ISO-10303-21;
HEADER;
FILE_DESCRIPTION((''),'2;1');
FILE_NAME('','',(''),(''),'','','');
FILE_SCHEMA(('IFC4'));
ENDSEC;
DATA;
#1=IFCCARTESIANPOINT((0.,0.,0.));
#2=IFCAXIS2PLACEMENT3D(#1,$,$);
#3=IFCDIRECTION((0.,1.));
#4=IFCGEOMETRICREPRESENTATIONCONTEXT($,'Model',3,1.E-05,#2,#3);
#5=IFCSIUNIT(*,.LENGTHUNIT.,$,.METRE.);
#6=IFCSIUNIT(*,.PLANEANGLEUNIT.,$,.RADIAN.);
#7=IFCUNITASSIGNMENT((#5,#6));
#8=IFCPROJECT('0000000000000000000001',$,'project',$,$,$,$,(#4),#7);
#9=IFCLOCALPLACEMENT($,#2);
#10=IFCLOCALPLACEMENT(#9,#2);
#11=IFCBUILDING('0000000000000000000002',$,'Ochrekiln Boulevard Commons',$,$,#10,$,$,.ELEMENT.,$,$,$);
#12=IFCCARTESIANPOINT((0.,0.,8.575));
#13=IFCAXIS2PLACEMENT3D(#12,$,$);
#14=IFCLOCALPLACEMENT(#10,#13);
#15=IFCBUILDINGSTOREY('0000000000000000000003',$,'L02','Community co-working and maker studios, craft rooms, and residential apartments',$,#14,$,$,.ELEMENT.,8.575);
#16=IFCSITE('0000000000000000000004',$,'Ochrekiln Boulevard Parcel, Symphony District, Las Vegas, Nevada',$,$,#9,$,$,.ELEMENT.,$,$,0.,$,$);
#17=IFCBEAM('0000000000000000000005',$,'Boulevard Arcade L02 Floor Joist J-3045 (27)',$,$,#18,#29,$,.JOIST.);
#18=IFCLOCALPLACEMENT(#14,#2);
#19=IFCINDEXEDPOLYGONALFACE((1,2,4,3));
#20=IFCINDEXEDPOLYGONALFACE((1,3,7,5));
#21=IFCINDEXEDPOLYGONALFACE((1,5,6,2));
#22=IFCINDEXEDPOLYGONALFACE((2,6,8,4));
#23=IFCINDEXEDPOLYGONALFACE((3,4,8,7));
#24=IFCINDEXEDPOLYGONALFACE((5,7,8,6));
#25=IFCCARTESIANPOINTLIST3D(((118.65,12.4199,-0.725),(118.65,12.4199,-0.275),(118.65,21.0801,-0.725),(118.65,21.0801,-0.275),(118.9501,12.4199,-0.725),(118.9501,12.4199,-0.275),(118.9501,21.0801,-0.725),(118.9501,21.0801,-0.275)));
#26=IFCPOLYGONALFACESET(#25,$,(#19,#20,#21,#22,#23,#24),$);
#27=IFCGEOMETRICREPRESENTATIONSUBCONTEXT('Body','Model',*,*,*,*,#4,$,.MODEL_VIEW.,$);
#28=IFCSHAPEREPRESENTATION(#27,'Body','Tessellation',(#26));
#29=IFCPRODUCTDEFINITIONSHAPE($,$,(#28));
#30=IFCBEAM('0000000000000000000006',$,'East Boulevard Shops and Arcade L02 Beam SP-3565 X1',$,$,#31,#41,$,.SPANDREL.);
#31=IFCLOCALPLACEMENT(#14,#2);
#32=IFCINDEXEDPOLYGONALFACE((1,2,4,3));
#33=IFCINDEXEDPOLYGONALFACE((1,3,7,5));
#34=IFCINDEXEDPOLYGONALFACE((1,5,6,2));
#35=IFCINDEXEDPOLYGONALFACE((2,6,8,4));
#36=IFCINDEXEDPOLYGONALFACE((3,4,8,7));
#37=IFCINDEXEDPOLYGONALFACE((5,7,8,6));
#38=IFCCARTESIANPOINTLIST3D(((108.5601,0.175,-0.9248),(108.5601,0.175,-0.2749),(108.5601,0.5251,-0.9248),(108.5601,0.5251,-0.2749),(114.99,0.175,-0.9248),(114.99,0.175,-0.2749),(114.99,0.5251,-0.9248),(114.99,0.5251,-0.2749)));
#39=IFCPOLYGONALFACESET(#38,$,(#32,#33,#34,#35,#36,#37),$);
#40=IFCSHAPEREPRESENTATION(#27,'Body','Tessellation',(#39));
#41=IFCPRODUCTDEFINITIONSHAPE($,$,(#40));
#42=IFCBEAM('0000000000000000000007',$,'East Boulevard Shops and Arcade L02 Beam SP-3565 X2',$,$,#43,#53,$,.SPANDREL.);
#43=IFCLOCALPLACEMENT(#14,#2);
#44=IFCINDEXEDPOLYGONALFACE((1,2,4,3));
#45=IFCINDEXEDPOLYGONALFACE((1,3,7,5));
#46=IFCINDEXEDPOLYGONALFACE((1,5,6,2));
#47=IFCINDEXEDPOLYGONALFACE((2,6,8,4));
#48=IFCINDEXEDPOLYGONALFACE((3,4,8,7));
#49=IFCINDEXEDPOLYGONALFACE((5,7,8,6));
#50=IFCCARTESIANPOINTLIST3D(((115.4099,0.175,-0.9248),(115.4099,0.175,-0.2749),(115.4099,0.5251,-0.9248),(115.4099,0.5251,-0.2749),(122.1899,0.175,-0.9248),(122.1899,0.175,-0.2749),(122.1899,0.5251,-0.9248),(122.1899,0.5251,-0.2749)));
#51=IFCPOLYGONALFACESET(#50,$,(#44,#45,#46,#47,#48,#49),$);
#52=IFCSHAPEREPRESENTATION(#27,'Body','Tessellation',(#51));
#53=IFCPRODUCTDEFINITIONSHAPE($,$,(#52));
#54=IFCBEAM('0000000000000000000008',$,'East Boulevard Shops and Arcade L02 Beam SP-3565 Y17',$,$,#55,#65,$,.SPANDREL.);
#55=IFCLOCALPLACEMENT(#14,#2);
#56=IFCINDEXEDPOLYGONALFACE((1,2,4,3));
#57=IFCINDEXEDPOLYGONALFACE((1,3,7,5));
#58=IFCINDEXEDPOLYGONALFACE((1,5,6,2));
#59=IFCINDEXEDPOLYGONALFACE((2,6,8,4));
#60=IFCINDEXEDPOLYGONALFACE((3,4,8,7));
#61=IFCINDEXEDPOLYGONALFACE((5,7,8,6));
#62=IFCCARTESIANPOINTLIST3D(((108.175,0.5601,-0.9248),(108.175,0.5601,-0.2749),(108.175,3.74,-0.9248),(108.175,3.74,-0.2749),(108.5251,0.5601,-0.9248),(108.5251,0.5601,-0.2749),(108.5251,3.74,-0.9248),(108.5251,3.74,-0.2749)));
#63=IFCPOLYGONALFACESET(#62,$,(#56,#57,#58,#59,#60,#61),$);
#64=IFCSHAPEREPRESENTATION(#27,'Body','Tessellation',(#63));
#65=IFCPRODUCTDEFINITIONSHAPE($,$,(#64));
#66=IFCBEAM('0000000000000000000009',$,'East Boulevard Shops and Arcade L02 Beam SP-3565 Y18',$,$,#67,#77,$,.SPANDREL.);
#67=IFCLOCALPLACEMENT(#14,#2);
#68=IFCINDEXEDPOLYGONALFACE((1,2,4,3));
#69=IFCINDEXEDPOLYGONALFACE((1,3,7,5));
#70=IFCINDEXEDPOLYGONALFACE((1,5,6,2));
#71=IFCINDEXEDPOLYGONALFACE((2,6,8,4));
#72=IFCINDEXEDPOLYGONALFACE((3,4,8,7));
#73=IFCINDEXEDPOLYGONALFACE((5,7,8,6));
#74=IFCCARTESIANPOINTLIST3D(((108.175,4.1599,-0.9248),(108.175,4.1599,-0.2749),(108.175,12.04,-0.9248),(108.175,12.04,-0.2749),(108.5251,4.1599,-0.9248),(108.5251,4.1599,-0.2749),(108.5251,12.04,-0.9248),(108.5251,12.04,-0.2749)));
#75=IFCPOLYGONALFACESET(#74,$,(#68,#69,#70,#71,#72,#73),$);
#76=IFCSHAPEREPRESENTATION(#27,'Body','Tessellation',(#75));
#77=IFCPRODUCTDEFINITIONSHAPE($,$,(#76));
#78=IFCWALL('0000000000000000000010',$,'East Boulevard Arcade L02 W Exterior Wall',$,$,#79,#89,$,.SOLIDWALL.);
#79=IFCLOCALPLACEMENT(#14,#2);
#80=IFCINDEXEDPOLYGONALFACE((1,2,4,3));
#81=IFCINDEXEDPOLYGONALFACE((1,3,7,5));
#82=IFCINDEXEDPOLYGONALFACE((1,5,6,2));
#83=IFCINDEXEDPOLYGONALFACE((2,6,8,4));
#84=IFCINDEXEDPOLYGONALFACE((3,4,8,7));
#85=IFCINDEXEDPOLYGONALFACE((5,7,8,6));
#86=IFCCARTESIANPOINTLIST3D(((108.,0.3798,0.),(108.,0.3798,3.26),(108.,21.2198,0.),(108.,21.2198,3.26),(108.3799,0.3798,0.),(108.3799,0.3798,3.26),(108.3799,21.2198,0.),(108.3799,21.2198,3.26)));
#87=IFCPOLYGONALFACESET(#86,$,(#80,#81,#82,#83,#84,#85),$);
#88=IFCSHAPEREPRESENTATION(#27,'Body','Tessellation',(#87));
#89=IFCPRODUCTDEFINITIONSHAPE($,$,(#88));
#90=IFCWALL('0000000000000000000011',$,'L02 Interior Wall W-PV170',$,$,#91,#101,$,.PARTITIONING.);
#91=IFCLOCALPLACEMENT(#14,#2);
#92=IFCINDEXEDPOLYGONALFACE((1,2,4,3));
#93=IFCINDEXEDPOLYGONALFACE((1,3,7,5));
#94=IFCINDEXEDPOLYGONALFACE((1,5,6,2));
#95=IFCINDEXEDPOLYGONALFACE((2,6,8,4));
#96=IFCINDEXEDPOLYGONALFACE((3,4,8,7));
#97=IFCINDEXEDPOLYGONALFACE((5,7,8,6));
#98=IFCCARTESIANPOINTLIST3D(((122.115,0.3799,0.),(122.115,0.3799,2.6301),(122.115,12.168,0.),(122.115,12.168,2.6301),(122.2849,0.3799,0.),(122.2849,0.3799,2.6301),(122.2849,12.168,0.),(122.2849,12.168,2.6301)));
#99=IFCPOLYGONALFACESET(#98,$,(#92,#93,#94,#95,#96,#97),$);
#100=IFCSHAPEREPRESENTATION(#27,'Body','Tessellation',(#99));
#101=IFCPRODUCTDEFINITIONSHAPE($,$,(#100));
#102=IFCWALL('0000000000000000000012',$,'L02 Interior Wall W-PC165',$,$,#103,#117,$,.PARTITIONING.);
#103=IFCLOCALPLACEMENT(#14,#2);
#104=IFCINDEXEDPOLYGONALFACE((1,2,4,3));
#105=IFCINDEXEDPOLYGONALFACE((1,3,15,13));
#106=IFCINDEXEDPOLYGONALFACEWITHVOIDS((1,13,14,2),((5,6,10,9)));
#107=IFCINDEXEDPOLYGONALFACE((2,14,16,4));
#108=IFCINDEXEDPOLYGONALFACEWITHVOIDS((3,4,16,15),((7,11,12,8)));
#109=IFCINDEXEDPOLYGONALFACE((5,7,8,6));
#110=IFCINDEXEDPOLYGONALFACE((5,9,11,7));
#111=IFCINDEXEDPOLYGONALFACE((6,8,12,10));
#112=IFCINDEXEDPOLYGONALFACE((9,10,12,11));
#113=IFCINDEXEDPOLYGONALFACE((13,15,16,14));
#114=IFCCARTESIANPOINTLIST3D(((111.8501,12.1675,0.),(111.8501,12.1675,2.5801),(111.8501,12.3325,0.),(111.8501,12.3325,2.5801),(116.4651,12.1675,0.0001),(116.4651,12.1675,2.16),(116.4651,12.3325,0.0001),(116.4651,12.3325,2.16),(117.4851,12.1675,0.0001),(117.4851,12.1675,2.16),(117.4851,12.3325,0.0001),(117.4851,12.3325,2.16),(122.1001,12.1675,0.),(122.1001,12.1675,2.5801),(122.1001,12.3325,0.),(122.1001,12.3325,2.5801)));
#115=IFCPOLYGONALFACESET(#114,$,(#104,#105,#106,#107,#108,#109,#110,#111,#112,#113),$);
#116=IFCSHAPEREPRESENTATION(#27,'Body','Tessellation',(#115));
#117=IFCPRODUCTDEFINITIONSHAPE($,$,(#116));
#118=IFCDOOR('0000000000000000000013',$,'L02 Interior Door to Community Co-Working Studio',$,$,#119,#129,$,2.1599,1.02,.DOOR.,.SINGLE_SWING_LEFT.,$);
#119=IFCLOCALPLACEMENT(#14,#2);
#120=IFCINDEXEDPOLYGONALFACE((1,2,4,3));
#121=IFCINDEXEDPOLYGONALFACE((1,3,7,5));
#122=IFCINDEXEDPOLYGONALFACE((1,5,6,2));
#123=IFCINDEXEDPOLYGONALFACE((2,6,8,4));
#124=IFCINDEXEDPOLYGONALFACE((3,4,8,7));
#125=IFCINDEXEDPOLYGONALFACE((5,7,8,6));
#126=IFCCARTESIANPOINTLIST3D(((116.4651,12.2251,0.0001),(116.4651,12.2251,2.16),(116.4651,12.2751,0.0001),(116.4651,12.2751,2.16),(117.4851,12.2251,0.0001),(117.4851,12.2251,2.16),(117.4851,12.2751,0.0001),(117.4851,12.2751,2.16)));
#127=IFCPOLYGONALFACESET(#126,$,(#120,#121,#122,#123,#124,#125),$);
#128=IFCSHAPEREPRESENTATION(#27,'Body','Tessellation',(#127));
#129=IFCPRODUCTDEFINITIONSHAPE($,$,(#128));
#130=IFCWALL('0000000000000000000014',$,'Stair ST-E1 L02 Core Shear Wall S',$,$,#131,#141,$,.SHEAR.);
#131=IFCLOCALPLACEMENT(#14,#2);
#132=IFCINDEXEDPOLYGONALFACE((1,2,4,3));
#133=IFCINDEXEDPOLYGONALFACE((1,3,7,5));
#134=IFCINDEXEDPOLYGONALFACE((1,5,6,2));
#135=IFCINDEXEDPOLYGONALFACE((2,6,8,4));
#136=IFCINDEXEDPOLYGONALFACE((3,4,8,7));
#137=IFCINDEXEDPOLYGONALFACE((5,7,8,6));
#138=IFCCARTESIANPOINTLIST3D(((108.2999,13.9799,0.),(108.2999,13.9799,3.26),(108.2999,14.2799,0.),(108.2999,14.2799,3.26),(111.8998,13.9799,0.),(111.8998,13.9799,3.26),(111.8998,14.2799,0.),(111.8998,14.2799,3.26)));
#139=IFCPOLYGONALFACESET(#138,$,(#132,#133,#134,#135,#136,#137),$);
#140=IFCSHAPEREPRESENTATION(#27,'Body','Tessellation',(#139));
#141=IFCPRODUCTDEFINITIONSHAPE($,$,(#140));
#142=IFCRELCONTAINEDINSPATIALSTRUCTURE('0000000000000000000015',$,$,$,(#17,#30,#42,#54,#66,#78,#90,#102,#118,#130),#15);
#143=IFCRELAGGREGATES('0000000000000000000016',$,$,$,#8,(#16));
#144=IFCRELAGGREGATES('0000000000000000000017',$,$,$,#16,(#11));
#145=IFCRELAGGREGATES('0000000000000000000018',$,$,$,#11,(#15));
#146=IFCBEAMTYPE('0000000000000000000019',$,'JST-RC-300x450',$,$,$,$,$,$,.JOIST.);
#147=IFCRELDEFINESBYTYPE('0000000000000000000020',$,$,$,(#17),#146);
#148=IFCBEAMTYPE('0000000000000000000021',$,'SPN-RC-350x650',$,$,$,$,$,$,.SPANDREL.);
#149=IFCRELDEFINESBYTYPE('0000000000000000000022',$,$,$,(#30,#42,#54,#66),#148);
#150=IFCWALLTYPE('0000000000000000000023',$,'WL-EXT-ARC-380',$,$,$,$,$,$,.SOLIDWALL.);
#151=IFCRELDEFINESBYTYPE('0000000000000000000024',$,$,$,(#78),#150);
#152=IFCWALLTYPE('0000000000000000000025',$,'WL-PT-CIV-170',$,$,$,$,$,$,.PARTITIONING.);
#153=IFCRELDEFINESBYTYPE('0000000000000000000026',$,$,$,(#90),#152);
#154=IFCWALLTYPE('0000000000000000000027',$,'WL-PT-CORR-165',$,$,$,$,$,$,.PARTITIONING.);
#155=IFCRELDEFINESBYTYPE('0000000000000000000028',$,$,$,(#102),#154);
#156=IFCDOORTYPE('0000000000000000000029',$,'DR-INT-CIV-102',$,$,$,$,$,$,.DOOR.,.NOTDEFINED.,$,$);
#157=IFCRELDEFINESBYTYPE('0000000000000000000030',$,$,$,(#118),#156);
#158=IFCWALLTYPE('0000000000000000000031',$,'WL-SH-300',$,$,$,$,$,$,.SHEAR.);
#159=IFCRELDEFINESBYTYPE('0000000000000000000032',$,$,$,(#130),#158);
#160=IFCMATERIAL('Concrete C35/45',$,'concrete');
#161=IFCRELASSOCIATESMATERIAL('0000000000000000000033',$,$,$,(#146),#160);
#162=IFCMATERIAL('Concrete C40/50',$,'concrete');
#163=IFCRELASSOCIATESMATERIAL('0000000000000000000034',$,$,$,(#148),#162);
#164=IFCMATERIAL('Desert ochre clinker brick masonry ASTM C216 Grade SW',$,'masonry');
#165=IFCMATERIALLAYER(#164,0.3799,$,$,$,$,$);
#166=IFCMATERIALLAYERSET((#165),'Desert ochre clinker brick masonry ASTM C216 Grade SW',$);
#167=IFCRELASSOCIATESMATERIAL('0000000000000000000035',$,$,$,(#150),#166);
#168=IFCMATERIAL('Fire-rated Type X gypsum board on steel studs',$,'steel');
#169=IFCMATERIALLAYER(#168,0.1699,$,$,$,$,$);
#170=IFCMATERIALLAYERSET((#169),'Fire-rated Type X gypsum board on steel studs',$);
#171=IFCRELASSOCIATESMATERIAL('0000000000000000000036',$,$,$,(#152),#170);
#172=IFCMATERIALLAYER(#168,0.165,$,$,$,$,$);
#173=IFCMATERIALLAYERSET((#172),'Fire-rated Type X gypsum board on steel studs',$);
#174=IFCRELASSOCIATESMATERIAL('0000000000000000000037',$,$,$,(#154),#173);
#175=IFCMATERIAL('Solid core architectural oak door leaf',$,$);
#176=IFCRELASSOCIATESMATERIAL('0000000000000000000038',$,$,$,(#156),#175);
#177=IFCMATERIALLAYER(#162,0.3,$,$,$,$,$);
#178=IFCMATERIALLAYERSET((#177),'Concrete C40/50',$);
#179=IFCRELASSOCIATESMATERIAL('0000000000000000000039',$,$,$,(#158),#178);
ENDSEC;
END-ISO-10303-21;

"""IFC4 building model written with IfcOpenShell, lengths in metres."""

from ifc_helpers import new_model, si_unit, direction, frame, frame_2d, origin, origin_2d, place, context, subcontext, project, spatial, rectangle, extrude, material, layer, layer_set, material_profile, profile_set, type_object, element, fill, save


model = new_model("IFC4")

# Units and contexts
model_context = context("Model", 3, precision=1e-05, world=origin(), true_north=direction((0.0, 1.0)))
body_context = subcontext(model_context, "Body", "Model", "MODEL_VIEW")
ifc_project = project(units=[si_unit("LENGTHUNIT", "METRE"), si_unit("PLANEANGLEUNIT", "RADIAN")], contexts=[model_context])

# Site, building, storey
site_placement = place(None, origin())
site = spatial("IfcSite", under=ifc_project, at=site_placement, Name="Ochrekiln Boulevard Parcel, Symphony District, Las Vegas, Nevada", CompositionType="ELEMENT", RefElevation=0.0)
building_placement = place(site_placement, origin())
building = spatial("IfcBuilding", under=site, at=building_placement, Name="Ochrekiln Boulevard Commons", CompositionType="ELEMENT")
storey_placement = place(building_placement, frame((0.0, 0.0, 8.575)))
storey = spatial("IfcBuildingStorey", under=building, at=storey_placement, Name="L02", Description="Community co-working and maker studios, craft rooms, and residential apartments", CompositionType="ELEMENT", Elevation=8.575)

# Shared definitions
ifc_material_1 = material(Name="Concrete C35/45", Category="concrete")
ifc_material_2 = material(Name="Concrete C40/50", Category="concrete")

# Beams
ifc_material_profile_1 = material_profile(ifc_material_1, rectangle(XDim=0.3, YDim=0.45, at=origin_2d()), Name="RC-JST-300x450")
ifc_profile_set_1 = profile_set([ifc_material_profile_1], Name="Concrete C35/45")
beam_type_1 = type_object("IfcBeamType", Name="JST-RC-300x450", PredefinedType="JOIST", material=ifc_profile_set_1)
beam_1_placement = place(storey_placement, frame((118.8, 12.4199, -0.5), z_axis=(0.0, 1.0, 0.0), x_axis=(-1.0, 0.0, 0.0)))
element("IfcBeam", 1, at=beam_1_placement, inside=storey, type_object=beam_type_1, Name="Boulevard Arcade L02 Floor Joist J-3045 (27)", PredefinedType="JOIST", context=body_context, shape_type="SweptSolid", body=[
    extrude(rectangle(XDim=0.3, YDim=0.45, at=origin_2d()), origin(), (0.0, 0.0, 1.0), 8.6602),
])
ifc_material_profile_2 = material_profile(ifc_material_2, rectangle(XDim=0.3501, YDim=0.6499, at=origin_2d()), Name="RC-SPN-350x650")
ifc_profile_set_2 = profile_set([ifc_material_profile_2], Name="Concrete C40/50")
beam_type_2 = type_object("IfcBeamType", Name="SPN-RC-350x650", PredefinedType="SPANDREL", material=ifc_profile_set_2)
beam_2_placement = place(storey_placement, frame((108.5601, 0.3501, -0.5999), z_axis=(1.0, 0.0, 0.0), x_axis=(0.0, 1.0, 0.0)))
element("IfcBeam", 2, at=beam_2_placement, inside=storey, type_object=beam_type_2, Name="East Boulevard Shops and Arcade L02 Beam SP-3565 X1", PredefinedType="SPANDREL", context=body_context, shape_type="SweptSolid", body=[
    extrude(rectangle(XDim=0.3501, YDim=0.6499, at=origin_2d()), origin(), (0.0, 0.0, 1.0), 6.4299),
])
beam_3_placement = place(storey_placement, frame((115.4099, 0.3501, -0.5999), z_axis=(1.0, 0.0, 0.0), x_axis=(0.0, 1.0, 0.0)))
element("IfcBeam", 3, at=beam_3_placement, inside=storey, type_object=beam_type_2, Name="East Boulevard Shops and Arcade L02 Beam SP-3565 X2", PredefinedType="SPANDREL", context=body_context, shape_type="SweptSolid", body=[
    extrude(rectangle(XDim=0.3501, YDim=0.6499, at=origin_2d()), origin(), (0.0, 0.0, 1.0), 6.78),
])
beam_4_placement = place(storey_placement, frame((108.3501, 0.5601, -0.5999), z_axis=(0.0, 1.0, 0.0), x_axis=(-1.0, 0.0, 0.0)))
element("IfcBeam", 4, at=beam_4_placement, inside=storey, type_object=beam_type_2, Name="East Boulevard Shops and Arcade L02 Beam SP-3565 Y17", PredefinedType="SPANDREL", context=body_context, shape_type="SweptSolid", body=[
    extrude(rectangle(XDim=0.3501, YDim=0.6499, at=origin_2d()), origin(), (0.0, 0.0, 1.0), 3.1799),
])
beam_5_placement = place(storey_placement, frame((108.3501, 4.1599, -0.5999), z_axis=(0.0, 1.0, 0.0), x_axis=(-1.0, 0.0, 0.0)))
element("IfcBeam", 5, at=beam_5_placement, inside=storey, type_object=beam_type_2, Name="East Boulevard Shops and Arcade L02 Beam SP-3565 Y18", PredefinedType="SPANDREL", context=body_context, shape_type="SweptSolid", body=[
    extrude(rectangle(XDim=0.3501, YDim=0.6499, at=origin_2d()), origin(), (0.0, 0.0, 1.0), 7.8801),
])

# Walls
ifc_material_3 = material(Name="Desert ochre clinker brick masonry ASTM C216 Grade SW", Category="masonry")
ifc_layer_1 = layer(ifc_material_3, 0.3799)
ifc_layer_set_1 = layer_set([ifc_layer_1], Name="Desert ochre clinker brick masonry ASTM C216 Grade SW")
wall_type_1 = type_object("IfcWallType", Name="WL-EXT-ARC-380", PredefinedType="SOLIDWALL", material=ifc_layer_set_1)
wall_1_placement = place(storey_placement, frame((108.1899, 0.3799, 0.0), z_axis=(0.0, 0.0, 1.0), x_axis=(0.0, 1.0, 0.0)))
element("IfcWall", 6, at=wall_1_placement, inside=storey, type_object=wall_type_1, Name="East Boulevard Arcade L02 W Exterior Wall", PredefinedType="SOLIDWALL", context=body_context, shape_type="SweptSolid", body=[
    extrude(rectangle(XDim=20.8401, YDim=0.3799, at=frame_2d((10.4199, 0.0))), origin(), (0.0, 0.0, 1.0), 3.26),
])
ifc_material_4 = material(Name="Fire-rated Type X gypsum board on steel studs", Category="steel")
ifc_layer_2 = layer(ifc_material_4, 0.1699)
ifc_layer_set_2 = layer_set([ifc_layer_2], Name="Fire-rated Type X gypsum board on steel studs")
wall_type_2 = type_object("IfcWallType", Name="WL-PT-CIV-170", PredefinedType="PARTITIONING", material=ifc_layer_set_2)
wall_2_placement = place(storey_placement, frame((122.2, 0.3799, 0.0), z_axis=(0.0, 0.0, 1.0), x_axis=(0.0, 1.0, 0.0)))
element("IfcWall", 7, at=wall_2_placement, inside=storey, type_object=wall_type_2, Name="L02 Interior Wall W-PV170", PredefinedType="PARTITIONING", context=body_context, shape_type="SweptSolid", body=[
    extrude(rectangle(XDim=11.7881, YDim=0.1699, at=frame_2d((5.894, 0.0))), origin(), (0.0, 0.0, 1.0), 2.6301),
])

# Wall, opening, door
ifc_layer_3 = layer(ifc_material_4, 0.165)
ifc_layer_set_3 = layer_set([ifc_layer_3], Name="Fire-rated Type X gypsum board on steel studs")
wall_type_3 = type_object("IfcWallType", Name="WL-PT-CORR-165", PredefinedType="PARTITIONING", material=ifc_layer_set_3)
wall_3_placement = place(storey_placement, frame((111.8501, 12.25, 0.0), z_axis=(0.0, 0.0, 1.0), x_axis=(1.0, 0.0, 0.0)))
wall_3 = element("IfcWall", 8, at=wall_3_placement, inside=storey, type_object=wall_type_3, Name="L02 Interior Wall W-PC165", PredefinedType="PARTITIONING", context=body_context, shape_type="SweptSolid", body=[
    extrude(rectangle(XDim=10.25, YDim=0.165, at=frame_2d((5.125, 0.0))), origin(), (0.0, 0.0, 1.0), 2.5801),
])
opening_placement = place(wall_3_placement, frame((4.615, 0.0, 0.0)))
opening = element("IfcOpeningElement", 9, at=opening_placement, cuts=wall_3, PredefinedType="OPENING", context=body_context, shape_type="SweptSolid", body=[
    extrude(rectangle(XDim=1.02, YDim=2.1599, at=frame_2d((0.51, 1.0801))), frame((0.0, 0.0925, 0.0), z_axis=(0.0, -1.0, 0.0), x_axis=(1.0, 0.0, 0.0)), (0.0, 0.0, 1.0), 0.1851),
])
ifc_material_5 = material(Name="Solid core architectural oak door leaf")
door_type = type_object("IfcDoorType", Name="DR-INT-CIV-102", OperationType="NOTDEFINED", PredefinedType="DOOR", material=ifc_material_5)
door_placement = place(opening_placement, frame((1.02, 0.0, 0.0), z_axis=(0.0, 0.0, 1.0), x_axis=(-1.0, 0.0, 0.0)))
door = element("IfcDoor", 10, at=door_placement, inside=storey, type_object=door_type, Name="L02 Interior Door to Community Co-Working Studio", OperationType="SINGLE_SWING_LEFT", OverallHeight=2.1599, OverallWidth=1.02, PredefinedType="DOOR", context=body_context, shape_type="SweptSolid", body=[
    extrude(rectangle(XDim=1.02, YDim=2.1599, at=frame_2d((0.51, 1.0801))), frame((0.0, 0.0249, 0.0), z_axis=(0.0, -1.0, 0.0), x_axis=(1.0, 0.0, 0.0)), (0.0, 0.0, 1.0), 0.05),
])
fill(opening, door)

# Wall
ifc_layer_4 = layer(ifc_material_2, 0.3)
ifc_layer_set_4 = layer_set([ifc_layer_4], Name="Concrete C40/50")
wall_type_4 = type_object("IfcWallType", Name="WL-SH-300", PredefinedType="SHEAR", material=ifc_layer_set_4)
wall_4_placement = place(storey_placement, frame((108.3, 14.1299, 0.0), z_axis=(0.0, 0.0, 1.0), x_axis=(1.0, 0.0, 0.0)))
element("IfcWall", 11, at=wall_4_placement, inside=storey, type_object=wall_type_4, Name="Stair ST-E1 L02 Core Shear Wall S", PredefinedType="SHEAR", context=body_context, shape_type="SweptSolid", body=[
    extrude(rectangle(XDim=3.5999, YDim=0.3, at=frame_2d((1.7998, 0.0))), origin(), (0.0, 0.0, 1.0), 3.26),
])

save(model, "model.ifc")
